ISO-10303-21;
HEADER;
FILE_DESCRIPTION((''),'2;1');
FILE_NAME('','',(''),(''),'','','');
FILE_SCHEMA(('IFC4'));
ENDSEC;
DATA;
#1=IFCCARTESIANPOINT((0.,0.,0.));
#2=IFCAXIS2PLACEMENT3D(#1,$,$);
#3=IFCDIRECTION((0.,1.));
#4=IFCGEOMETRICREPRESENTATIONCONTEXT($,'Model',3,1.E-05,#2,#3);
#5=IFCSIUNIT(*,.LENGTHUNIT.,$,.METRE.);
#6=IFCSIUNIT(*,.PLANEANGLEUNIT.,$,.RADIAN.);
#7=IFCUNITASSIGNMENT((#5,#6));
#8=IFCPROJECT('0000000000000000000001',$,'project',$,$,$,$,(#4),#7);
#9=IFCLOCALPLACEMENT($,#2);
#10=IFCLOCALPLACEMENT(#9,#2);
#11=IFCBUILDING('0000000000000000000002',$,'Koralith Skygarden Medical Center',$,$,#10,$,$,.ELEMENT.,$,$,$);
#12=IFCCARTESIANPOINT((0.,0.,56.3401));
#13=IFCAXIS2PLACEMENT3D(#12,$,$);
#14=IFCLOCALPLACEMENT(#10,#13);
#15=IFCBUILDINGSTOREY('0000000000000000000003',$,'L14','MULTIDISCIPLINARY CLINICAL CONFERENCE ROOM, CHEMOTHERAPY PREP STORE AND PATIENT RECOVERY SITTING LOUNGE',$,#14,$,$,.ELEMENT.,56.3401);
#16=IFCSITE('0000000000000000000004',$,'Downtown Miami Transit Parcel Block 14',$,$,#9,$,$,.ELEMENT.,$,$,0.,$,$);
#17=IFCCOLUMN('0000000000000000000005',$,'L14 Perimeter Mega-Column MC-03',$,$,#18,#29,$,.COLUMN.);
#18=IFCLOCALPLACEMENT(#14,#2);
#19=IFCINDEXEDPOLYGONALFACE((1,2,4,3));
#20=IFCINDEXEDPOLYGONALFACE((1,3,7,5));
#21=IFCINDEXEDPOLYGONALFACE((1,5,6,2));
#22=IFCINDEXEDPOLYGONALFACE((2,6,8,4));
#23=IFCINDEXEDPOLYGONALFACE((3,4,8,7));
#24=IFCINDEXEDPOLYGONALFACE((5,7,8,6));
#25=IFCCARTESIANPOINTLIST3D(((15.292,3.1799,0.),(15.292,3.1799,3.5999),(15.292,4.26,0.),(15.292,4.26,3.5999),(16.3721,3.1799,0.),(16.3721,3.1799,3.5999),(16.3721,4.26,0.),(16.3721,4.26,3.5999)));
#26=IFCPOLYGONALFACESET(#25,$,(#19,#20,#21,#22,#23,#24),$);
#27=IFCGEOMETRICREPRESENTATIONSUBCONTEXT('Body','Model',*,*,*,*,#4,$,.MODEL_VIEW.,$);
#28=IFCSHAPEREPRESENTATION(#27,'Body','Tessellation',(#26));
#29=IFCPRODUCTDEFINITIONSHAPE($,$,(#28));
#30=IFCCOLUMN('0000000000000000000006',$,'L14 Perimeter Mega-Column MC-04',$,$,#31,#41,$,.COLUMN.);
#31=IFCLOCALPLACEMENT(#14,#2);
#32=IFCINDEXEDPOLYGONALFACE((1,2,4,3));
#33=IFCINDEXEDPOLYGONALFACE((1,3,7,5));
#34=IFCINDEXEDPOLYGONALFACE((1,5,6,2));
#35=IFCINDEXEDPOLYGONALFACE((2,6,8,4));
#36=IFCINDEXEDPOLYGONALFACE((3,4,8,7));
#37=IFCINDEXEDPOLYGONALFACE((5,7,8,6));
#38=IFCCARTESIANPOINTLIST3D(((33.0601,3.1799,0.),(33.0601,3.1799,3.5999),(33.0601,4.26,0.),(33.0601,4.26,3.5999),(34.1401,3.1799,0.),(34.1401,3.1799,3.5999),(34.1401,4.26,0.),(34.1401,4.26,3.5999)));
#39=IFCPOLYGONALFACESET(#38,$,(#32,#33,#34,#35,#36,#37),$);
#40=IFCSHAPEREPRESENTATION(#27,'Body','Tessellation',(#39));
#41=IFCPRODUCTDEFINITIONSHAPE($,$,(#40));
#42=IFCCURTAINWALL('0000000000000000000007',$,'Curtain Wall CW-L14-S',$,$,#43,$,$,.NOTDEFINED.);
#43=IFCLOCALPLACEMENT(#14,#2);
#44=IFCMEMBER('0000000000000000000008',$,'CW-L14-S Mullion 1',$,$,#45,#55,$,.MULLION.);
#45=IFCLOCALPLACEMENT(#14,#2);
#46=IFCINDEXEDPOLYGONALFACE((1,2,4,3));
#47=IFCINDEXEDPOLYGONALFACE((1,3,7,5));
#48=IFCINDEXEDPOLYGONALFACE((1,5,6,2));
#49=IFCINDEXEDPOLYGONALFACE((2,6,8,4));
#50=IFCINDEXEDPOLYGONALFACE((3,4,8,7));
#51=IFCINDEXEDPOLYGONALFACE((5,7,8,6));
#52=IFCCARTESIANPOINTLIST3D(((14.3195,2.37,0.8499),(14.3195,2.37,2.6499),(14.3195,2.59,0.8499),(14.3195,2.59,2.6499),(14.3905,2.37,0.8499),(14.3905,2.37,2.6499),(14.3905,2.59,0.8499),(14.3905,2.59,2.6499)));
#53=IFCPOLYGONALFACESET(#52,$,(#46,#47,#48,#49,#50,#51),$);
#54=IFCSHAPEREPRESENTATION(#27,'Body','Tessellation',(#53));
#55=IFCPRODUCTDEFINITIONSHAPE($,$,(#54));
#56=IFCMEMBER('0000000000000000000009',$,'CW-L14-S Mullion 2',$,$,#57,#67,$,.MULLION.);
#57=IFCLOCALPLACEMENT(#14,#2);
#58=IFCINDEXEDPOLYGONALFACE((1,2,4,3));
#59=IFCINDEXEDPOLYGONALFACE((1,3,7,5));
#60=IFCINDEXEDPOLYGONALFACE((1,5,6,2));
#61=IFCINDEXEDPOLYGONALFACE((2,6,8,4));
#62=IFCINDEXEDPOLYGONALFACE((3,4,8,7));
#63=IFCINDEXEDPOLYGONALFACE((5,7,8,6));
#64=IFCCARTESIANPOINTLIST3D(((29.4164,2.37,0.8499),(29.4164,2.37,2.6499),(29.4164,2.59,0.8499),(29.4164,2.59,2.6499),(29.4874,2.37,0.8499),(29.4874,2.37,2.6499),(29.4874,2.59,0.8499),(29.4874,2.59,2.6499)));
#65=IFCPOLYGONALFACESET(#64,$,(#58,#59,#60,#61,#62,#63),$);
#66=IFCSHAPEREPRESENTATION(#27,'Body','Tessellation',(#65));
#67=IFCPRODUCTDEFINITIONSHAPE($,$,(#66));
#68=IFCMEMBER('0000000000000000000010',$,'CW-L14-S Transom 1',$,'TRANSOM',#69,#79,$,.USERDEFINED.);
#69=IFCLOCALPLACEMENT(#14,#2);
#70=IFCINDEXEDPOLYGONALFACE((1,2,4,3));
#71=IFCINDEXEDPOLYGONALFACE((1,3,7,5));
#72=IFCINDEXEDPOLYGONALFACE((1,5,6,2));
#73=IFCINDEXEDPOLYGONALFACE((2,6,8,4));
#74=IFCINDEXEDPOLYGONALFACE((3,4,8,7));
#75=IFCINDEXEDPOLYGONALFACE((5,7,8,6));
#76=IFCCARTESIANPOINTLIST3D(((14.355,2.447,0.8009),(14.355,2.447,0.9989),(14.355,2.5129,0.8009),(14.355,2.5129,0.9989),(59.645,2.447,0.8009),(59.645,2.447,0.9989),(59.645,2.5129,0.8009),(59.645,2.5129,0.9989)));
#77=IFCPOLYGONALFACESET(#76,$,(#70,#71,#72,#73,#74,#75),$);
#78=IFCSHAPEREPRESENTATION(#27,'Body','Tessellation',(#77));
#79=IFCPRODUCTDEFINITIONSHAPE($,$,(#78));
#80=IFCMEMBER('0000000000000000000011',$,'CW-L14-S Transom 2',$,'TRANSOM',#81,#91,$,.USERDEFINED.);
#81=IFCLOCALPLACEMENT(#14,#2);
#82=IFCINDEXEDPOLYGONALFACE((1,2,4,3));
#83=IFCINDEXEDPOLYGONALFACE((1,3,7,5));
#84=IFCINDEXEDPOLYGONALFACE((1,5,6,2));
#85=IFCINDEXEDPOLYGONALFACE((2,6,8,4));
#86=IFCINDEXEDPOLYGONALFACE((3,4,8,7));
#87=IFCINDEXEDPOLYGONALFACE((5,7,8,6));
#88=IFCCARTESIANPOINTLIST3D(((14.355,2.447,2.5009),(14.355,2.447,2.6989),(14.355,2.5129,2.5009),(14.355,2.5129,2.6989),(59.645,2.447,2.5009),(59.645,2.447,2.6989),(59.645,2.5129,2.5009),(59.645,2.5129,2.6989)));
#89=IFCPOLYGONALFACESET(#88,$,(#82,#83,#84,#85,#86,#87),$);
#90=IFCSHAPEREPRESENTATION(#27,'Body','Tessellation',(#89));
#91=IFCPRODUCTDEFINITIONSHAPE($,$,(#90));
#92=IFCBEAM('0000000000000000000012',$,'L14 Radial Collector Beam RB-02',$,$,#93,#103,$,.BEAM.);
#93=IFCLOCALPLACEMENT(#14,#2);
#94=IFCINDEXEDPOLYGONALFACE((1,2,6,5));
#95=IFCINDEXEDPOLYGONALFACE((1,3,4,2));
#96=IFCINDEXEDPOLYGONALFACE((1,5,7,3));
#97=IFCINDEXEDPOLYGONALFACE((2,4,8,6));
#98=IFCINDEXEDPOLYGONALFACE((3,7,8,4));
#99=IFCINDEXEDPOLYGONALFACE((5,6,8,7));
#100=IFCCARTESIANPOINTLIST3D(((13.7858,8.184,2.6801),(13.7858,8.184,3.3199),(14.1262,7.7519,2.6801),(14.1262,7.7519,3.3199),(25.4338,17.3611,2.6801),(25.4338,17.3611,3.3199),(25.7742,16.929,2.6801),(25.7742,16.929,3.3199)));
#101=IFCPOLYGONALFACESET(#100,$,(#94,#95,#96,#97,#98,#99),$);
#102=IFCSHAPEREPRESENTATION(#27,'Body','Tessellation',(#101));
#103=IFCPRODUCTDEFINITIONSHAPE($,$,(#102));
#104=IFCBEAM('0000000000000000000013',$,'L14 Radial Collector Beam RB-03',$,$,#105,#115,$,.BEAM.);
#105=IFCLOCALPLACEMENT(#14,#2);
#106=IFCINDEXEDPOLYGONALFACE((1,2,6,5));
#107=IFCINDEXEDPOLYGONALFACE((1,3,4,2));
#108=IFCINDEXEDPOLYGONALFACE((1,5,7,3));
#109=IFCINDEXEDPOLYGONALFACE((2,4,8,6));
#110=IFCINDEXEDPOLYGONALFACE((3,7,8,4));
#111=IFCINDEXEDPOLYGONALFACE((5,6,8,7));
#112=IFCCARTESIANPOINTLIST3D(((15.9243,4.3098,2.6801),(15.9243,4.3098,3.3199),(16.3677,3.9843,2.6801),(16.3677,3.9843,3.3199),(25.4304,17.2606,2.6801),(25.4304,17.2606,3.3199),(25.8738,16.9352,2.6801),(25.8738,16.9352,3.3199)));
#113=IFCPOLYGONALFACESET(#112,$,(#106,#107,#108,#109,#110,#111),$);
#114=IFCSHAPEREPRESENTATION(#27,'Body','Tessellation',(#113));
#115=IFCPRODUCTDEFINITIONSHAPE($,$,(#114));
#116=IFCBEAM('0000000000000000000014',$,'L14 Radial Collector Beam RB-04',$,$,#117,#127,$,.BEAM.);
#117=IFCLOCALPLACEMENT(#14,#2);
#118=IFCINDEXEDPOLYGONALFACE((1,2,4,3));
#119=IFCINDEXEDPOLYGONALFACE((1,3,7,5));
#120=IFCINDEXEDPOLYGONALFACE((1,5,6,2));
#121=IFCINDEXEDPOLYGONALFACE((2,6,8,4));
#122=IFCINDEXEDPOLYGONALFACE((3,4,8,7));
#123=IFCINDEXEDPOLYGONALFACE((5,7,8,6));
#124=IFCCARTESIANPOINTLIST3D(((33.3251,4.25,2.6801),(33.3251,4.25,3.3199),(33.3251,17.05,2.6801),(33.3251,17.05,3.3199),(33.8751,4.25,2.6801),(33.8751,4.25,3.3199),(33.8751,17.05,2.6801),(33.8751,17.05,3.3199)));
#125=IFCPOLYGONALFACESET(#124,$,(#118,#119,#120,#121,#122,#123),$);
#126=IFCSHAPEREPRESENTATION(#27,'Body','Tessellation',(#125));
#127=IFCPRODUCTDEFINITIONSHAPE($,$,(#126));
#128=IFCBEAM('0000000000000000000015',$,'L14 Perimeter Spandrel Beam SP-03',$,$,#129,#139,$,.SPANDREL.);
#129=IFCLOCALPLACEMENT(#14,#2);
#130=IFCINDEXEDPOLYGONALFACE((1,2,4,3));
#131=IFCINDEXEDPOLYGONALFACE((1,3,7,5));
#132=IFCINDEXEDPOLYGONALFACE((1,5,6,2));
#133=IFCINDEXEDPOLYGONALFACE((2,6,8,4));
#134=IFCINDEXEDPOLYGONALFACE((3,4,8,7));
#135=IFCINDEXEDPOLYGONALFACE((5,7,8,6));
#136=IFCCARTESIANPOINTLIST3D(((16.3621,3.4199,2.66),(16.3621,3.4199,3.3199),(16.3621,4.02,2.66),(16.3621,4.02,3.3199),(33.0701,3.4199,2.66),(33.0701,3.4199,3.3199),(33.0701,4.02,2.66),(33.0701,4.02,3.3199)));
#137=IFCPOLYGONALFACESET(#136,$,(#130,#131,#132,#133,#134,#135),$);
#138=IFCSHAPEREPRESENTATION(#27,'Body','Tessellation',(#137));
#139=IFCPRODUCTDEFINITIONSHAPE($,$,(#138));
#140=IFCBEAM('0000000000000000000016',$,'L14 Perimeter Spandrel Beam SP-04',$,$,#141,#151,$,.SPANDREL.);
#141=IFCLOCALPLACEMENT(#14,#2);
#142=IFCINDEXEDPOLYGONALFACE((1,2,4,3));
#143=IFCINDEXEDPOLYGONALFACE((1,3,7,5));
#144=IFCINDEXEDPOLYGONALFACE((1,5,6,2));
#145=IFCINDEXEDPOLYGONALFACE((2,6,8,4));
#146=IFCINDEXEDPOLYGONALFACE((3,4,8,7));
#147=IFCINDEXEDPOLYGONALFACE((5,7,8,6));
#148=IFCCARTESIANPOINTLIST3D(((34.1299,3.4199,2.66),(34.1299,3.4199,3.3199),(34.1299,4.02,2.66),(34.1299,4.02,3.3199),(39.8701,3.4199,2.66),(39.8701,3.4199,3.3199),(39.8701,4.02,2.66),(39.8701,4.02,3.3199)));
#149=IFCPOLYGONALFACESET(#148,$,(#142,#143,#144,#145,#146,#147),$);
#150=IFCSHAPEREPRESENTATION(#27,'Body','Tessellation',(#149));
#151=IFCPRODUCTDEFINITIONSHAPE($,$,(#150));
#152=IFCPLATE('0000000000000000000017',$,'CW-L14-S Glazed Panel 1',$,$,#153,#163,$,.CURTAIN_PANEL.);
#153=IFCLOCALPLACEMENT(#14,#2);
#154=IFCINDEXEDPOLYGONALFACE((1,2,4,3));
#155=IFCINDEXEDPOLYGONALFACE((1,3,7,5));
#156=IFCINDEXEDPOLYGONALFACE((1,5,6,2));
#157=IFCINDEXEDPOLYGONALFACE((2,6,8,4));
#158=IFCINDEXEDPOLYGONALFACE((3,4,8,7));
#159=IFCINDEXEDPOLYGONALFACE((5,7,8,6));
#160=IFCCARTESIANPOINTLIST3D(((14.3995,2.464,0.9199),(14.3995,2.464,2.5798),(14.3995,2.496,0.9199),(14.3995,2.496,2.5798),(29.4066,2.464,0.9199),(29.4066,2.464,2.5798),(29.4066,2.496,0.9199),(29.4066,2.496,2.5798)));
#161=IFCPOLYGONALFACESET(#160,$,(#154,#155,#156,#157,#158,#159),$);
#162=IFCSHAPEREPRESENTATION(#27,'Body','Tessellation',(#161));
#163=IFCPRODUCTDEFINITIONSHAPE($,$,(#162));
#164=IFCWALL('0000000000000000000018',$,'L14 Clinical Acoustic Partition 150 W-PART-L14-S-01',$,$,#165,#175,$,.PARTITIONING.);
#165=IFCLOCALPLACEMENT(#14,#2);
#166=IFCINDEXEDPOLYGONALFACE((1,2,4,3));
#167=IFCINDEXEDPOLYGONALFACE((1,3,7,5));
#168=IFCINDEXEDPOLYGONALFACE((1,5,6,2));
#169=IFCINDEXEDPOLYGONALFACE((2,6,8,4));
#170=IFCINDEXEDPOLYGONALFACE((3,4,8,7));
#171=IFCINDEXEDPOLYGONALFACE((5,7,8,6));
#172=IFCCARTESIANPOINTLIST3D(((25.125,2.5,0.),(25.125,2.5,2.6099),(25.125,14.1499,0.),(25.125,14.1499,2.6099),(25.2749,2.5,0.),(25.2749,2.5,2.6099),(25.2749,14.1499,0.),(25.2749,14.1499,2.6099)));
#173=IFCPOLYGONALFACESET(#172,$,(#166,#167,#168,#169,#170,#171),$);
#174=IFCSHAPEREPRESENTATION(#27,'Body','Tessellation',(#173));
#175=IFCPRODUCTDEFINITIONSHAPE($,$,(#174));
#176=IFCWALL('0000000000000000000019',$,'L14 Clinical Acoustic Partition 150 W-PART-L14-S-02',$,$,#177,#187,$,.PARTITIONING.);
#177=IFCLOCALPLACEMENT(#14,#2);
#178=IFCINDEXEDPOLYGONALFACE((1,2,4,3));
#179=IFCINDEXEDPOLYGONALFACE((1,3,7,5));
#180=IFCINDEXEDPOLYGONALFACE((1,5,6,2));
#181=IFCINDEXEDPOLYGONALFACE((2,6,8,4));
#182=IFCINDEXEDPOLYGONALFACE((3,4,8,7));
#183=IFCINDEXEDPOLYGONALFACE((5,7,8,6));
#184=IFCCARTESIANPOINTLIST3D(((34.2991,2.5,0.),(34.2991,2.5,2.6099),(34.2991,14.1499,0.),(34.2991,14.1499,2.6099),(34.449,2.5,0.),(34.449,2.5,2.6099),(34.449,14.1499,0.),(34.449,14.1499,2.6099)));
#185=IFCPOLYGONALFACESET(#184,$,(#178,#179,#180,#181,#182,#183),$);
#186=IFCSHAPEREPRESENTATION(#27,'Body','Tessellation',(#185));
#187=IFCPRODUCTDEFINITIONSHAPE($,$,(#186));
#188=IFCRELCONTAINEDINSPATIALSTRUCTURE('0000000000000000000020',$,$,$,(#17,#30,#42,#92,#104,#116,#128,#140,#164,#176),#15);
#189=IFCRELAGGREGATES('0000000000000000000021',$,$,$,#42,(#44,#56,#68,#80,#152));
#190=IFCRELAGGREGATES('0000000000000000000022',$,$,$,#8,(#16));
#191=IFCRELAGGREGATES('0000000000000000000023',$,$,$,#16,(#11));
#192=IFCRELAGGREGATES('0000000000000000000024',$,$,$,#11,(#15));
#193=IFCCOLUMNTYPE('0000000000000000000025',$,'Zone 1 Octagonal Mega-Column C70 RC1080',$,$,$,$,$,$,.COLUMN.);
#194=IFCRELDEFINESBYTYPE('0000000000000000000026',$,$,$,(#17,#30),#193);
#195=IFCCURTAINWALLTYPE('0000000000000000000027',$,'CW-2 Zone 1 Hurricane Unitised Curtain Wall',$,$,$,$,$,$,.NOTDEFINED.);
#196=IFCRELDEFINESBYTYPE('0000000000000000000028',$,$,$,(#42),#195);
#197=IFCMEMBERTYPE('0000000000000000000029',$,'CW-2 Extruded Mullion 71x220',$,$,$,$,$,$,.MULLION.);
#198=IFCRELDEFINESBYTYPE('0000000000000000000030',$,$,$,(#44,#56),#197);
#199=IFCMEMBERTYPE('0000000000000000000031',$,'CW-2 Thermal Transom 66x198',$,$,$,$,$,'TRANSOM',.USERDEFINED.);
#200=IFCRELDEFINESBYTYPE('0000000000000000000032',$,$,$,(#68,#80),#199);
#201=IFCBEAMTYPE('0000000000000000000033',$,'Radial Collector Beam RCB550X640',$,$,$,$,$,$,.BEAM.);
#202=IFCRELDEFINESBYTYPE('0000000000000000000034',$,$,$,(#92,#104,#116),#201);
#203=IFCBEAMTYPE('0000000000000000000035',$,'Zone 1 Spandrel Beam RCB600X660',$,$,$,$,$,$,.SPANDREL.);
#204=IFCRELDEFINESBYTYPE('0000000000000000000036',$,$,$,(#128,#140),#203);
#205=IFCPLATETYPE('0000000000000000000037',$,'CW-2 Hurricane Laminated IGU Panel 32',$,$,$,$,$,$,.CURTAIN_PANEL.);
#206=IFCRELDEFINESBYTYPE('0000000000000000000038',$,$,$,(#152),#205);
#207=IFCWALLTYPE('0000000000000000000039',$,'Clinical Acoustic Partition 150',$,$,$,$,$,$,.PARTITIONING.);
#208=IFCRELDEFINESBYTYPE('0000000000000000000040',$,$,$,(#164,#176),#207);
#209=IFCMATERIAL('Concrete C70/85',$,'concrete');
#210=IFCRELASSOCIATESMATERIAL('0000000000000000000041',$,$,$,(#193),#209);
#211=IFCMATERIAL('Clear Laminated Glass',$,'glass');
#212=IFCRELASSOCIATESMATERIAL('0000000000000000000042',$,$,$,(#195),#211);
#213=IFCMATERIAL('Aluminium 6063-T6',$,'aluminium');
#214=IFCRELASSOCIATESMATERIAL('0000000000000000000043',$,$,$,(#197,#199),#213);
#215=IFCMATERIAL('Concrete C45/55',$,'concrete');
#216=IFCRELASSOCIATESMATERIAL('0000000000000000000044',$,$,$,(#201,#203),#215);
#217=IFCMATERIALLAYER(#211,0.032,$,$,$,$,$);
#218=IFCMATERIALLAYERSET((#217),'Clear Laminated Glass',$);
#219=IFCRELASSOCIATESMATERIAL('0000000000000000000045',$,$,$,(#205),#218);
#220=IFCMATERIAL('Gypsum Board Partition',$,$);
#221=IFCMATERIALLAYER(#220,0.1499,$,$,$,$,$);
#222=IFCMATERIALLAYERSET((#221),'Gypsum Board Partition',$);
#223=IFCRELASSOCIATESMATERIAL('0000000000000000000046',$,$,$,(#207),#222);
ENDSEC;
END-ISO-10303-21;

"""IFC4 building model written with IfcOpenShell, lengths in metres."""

from ifc_helpers import new_model, si_unit, direction, frame, frame_2d, origin, origin_2d, place, context, subcontext, project, spatial, rectangle, extrude, material, layer, layer_set, material_profile, profile_set, type_object, element, aggregate, save


model = new_model("IFC4")

# Units and contexts
model_context = context("Model", 3, precision=1e-05, world=origin(), true_north=direction((0.0, 1.0)))
body_context = subcontext(model_context, "Body", "Model", "MODEL_VIEW")
ifc_project = project(units=[si_unit("LENGTHUNIT", "METRE"), si_unit("PLANEANGLEUNIT", "RADIAN")], contexts=[model_context])

# Site, building, storey
site_placement = place(None, origin())
site = spatial("IfcSite", under=ifc_project, at=site_placement, Name="Downtown Miami Transit Parcel Block 14", CompositionType="ELEMENT", RefElevation=0.0)
building_placement = place(site_placement, origin())
building = spatial("IfcBuilding", under=site, at=building_placement, Name="Koralith Skygarden Medical Center", CompositionType="ELEMENT")
storey_placement = place(building_placement, frame((0.0, 0.0, 56.3401)))
storey = spatial("IfcBuildingStorey", under=building, at=storey_placement, Name="L14", Description="MULTIDISCIPLINARY CLINICAL CONFERENCE ROOM, CHEMOTHERAPY PREP STORE AND PATIENT RECOVERY SITTING LOUNGE", CompositionType="ELEMENT", Elevation=56.3401)

# Columns
ifc_material_1 = material(Name="Concrete C70/85", Category="concrete")
ifc_material_profile_1 = material_profile(ifc_material_1, rectangle(XDim=1.0801, YDim=1.0801, at=origin_2d()), Name="RC1080X1080")
ifc_profile_set_1 = profile_set([ifc_material_profile_1], Name="Concrete C70/85")
column_type = type_object("IfcColumnType", Name="Zone 1 Octagonal Mega-Column C70 RC1080", PredefinedType="COLUMN", material=ifc_profile_set_1)
for number, where, z_axis, x_axis, name in (
    (1, (15.832, 3.72, 0.0), (0.0, 0.0, 1.0), (1.0, 0.0, 0.0), "L14 Perimeter Mega-Column MC-03"),
    (2, (33.6001, 3.72, 0.0), (0.0, 0.0, 1.0), (1.0, 0.0, 0.0), "L14 Perimeter Mega-Column MC-04"),
):
    element("IfcColumn", number, at=place(storey_placement, frame(where, z_axis=z_axis, x_axis=x_axis)), inside=storey, type_object=column_type, Name=name, PredefinedType="COLUMN", context=body_context, shape_type="SweptSolid", body=[
        extrude(rectangle(XDim=1.0801, YDim=1.0801, at=origin_2d()), origin(), (0.0, 0.0, 1.0), 3.5999),
    ])

# Curtain wall, members
ifc_material_2 = material(Name="Clear Laminated Glass", Category="glass")
curtain_wall_type = type_object("IfcCurtainWallType", Name="CW-2 Zone 1 Hurricane Unitised Curtain Wall", PredefinedType="NOTDEFINED", material=ifc_material_2)
curtain_wall_placement = place(storey_placement, origin())
curtain_wall = element("IfcCurtainWall", 3, at=curtain_wall_placement, inside=storey, type_object=curtain_wall_type, Name="Curtain Wall CW-L14-S", PredefinedType="NOTDEFINED")
ifc_material_3 = material(Name="Aluminium 6063-T6", Category="aluminium")
ifc_material_profile_2 = material_profile(ifc_material_3, rectangle(XDim=0.071, YDim=0.22, at=origin_2d()), Name="MUL71X220")
ifc_profile_set_2 = profile_set([ifc_material_profile_2], Name="Aluminium 6063-T6")
member_type_1 = type_object("IfcMemberType", Name="CW-2 Extruded Mullion 71x220", PredefinedType="MULLION", material=ifc_profile_set_2)
member_1_placement = place(storey_placement, frame((14.355, 2.48, 0.8499), z_axis=(0.0, 0.0, 1.0), x_axis=(1.0, 0.0, 0.0)))
member_1 = element("IfcMember", 4, at=member_1_placement, type_object=member_type_1, Name="CW-L14-S Mullion 1", PredefinedType="MULLION", context=body_context, shape_type="SweptSolid", body=[
    extrude(rectangle(XDim=0.071, YDim=0.22, at=origin_2d()), origin(), (0.0, 0.0, 1.0), 1.8),
])
member_2_placement = place(storey_placement, frame((29.4519, 2.48, 0.8499), z_axis=(0.0, 0.0, 1.0), x_axis=(1.0, 0.0, 0.0)))
member_2 = element("IfcMember", 5, at=member_2_placement, type_object=member_type_1, Name="CW-L14-S Mullion 2", PredefinedType="MULLION", context=body_context, shape_type="SweptSolid", body=[
    extrude(rectangle(XDim=0.071, YDim=0.22, at=origin_2d()), origin(), (0.0, 0.0, 1.0), 1.8),
])
ifc_material_profile_3 = material_profile(ifc_material_3, rectangle(XDim=0.0659, YDim=0.198, at=origin_2d()), Name="TRN66X198")
ifc_profile_set_3 = profile_set([ifc_material_profile_3], Name="Aluminium 6063-T6")
member_type_2 = type_object("IfcMemberType", Name="CW-2 Thermal Transom 66x198", ElementType="TRANSOM", PredefinedType="USERDEFINED", material=ifc_profile_set_3)
member_3_placement = place(storey_placement, frame((14.355, 2.48, 0.8999), z_axis=(1.0, 0.0, 0.0), x_axis=(0.0, 1.0, 0.0)))
member_3 = element("IfcMember", 6, at=member_3_placement, type_object=member_type_2, Name="CW-L14-S Transom 1", ObjectType="TRANSOM", PredefinedType="USERDEFINED", context=body_context, shape_type="SweptSolid", body=[
    extrude(rectangle(XDim=0.0659, YDim=0.198, at=origin_2d()), origin(), (0.0, 0.0, 1.0), 45.29),
])
member_4_placement = place(storey_placement, frame((14.355, 2.48, 2.5999), z_axis=(1.0, 0.0, 0.0), x_axis=(0.0, 1.0, 0.0)))
member_4 = element("IfcMember", 7, at=member_4_placement, type_object=member_type_2, Name="CW-L14-S Transom 2", ObjectType="TRANSOM", PredefinedType="USERDEFINED", context=body_context, shape_type="SweptSolid", body=[
    extrude(rectangle(XDim=0.0659, YDim=0.198, at=origin_2d()), origin(), (0.0, 0.0, 1.0), 45.29),
])

# Beams
ifc_material_4 = material(Name="Concrete C45/55", Category="concrete")
ifc_material_profile_4 = material_profile(ifc_material_4, rectangle(XDim=0.55, YDim=0.6399, at=origin_2d()), Name="RCB550X640")
ifc_profile_set_4 = profile_set([ifc_material_profile_4], Name="Concrete C45/55")
beam_type_1 = type_object("IfcBeamType", Name="Radial Collector Beam RCB550X640", PredefinedType="BEAM", material=ifc_profile_set_4)
beam_1_placement = place(storey_placement, frame((25.604, 17.145, 3.0), z_axis=(-0.785497, -0.618865, 0.0), x_axis=(0.618865, -0.785497, 0.0)))
element("IfcBeam", 8, at=beam_1_placement, inside=storey, type_object=beam_type_1, Name="L14 Radial Collector Beam RB-02", PredefinedType="BEAM", context=body_context, shape_type="SweptSolid", body=[
    extrude(rectangle(XDim=0.55, YDim=0.6399, at=origin_2d()), origin(), (0.0, 0.0, 1.0), 14.8289),
])
beam_2_placement = place(storey_placement, frame((25.6521, 17.0979, 3.0), z_axis=(-0.591718, -0.806145, 0.0), x_axis=(0.806145, -0.591718, 0.0)))
element("IfcBeam", 9, at=beam_2_placement, inside=storey, type_object=beam_type_1, Name="L14 Radial Collector Beam RB-03", PredefinedType="BEAM", context=body_context, shape_type="SweptSolid", body=[
    extrude(rectangle(XDim=0.55, YDim=0.6399, at=origin_2d()), origin(), (0.0, 0.0, 1.0), 16.0652),
])
beam_3_placement = place(storey_placement, frame((33.6001, 17.05, 3.0), z_axis=(0.0, -1.0, 0.0), x_axis=(1.0, 0.0, 0.0)))
element("IfcBeam", 10, at=beam_3_placement, inside=storey, type_object=beam_type_1, Name="L14 Radial Collector Beam RB-04", PredefinedType="BEAM", context=body_context, shape_type="SweptSolid", body=[
    extrude(rectangle(XDim=0.55, YDim=0.6399, at=origin_2d()), origin(), (0.0, 0.0, 1.0), 12.8),
])
ifc_material_profile_5 = material_profile(ifc_material_4, rectangle(XDim=0.6001, YDim=0.6599, at=origin_2d()), Name="RCB600X660")
ifc_profile_set_5 = profile_set([ifc_material_profile_5], Name="Concrete C45/55")
beam_type_2 = type_object("IfcBeamType", Name="Zone 1 Spandrel Beam RCB600X660", PredefinedType="SPANDREL", material=ifc_profile_set_5)
beam_4_placement = place(storey_placement, frame((16.3621, 3.72, 2.99), z_axis=(1.0, 0.0, 0.0), x_axis=(0.0, 1.0, 0.0)))
element("IfcBeam", 11, at=beam_4_placement, inside=storey, type_object=beam_type_2, Name="L14 Perimeter Spandrel Beam SP-03", PredefinedType="SPANDREL", context=body_context, shape_type="SweptSolid", body=[
    extrude(rectangle(XDim=0.6001, YDim=0.6599, at=origin_2d()), origin(), (0.0, 0.0, 1.0), 16.708),
])
beam_5_placement = place(storey_placement, frame((34.1299, 3.72, 2.99), z_axis=(1.0, 0.0, 0.0), x_axis=(0.0, 1.0, 0.0)))
element("IfcBeam", 12, at=beam_5_placement, inside=storey, type_object=beam_type_2, Name="L14 Perimeter Spandrel Beam SP-04", PredefinedType="SPANDREL", context=body_context, shape_type="SweptSolid", body=[
    extrude(rectangle(XDim=0.6001, YDim=0.6599, at=origin_2d()), origin(), (0.0, 0.0, 1.0), 5.7402),
])

# Plate
ifc_layer_1 = layer(ifc_material_2, 0.032)
ifc_layer_set_1 = layer_set([ifc_layer_1], Name="Clear Laminated Glass")
plate_type = type_object("IfcPlateType", Name="CW-2 Hurricane Laminated IGU Panel 32", PredefinedType="CURTAIN_PANEL", material=ifc_layer_set_1)
plate_placement = place(storey_placement, frame((21.9031, 2.48, 0.9199), z_axis=(0.0, 0.0, 1.0), x_axis=(1.0, 0.0, 0.0)))
plate = element("IfcPlate", 13, at=plate_placement, type_object=plate_type, Name="CW-L14-S Glazed Panel 1", PredefinedType="CURTAIN_PANEL", context=body_context, shape_type="SweptSolid", body=[
    extrude(rectangle(XDim=15.0071, YDim=0.032, at=origin_2d()), origin(), (0.0, 0.0, 1.0), 1.6599),
])
aggregate(curtain_wall, [member_1, member_2, member_3, member_4, plate])

# Walls
ifc_material_5 = material(Name="Gypsum Board Partition")
ifc_layer_2 = layer(ifc_material_5, 0.1499)
ifc_layer_set_2 = layer_set([ifc_layer_2], Name="Gypsum Board Partition")
wall_type_1 = type_object("IfcWallType", Name="Clinical Acoustic Partition 150", PredefinedType="PARTITIONING", material=ifc_layer_set_2)
for number, where, z_axis, x_axis, name in (
    (14, (25.2, 14.1499, 0.0), (0.0, 0.0, 1.0), (0.0, -1.0, 0.0), "L14 Clinical Acoustic Partition 150 W-PART-L14-S-01"),
    (15, (34.374, 14.1499, 0.0), (0.0, 0.0, 1.0), (0.0, -1.0, 0.0), "L14 Clinical Acoustic Partition 150 W-PART-L14-S-02"),
):
    element("IfcWall", number, at=place(storey_placement, frame(where, z_axis=z_axis, x_axis=x_axis)), inside=storey, type_object=wall_type_1, Name=name, PredefinedType="PARTITIONING", context=body_context, shape_type="SweptSolid", body=[
        extrude(rectangle(XDim=11.6499, YDim=0.1499, at=frame_2d((5.825, 0.0))), origin(), (0.0, 0.0, 1.0), 2.6099),
    ])

save(model, "model.ifc")
